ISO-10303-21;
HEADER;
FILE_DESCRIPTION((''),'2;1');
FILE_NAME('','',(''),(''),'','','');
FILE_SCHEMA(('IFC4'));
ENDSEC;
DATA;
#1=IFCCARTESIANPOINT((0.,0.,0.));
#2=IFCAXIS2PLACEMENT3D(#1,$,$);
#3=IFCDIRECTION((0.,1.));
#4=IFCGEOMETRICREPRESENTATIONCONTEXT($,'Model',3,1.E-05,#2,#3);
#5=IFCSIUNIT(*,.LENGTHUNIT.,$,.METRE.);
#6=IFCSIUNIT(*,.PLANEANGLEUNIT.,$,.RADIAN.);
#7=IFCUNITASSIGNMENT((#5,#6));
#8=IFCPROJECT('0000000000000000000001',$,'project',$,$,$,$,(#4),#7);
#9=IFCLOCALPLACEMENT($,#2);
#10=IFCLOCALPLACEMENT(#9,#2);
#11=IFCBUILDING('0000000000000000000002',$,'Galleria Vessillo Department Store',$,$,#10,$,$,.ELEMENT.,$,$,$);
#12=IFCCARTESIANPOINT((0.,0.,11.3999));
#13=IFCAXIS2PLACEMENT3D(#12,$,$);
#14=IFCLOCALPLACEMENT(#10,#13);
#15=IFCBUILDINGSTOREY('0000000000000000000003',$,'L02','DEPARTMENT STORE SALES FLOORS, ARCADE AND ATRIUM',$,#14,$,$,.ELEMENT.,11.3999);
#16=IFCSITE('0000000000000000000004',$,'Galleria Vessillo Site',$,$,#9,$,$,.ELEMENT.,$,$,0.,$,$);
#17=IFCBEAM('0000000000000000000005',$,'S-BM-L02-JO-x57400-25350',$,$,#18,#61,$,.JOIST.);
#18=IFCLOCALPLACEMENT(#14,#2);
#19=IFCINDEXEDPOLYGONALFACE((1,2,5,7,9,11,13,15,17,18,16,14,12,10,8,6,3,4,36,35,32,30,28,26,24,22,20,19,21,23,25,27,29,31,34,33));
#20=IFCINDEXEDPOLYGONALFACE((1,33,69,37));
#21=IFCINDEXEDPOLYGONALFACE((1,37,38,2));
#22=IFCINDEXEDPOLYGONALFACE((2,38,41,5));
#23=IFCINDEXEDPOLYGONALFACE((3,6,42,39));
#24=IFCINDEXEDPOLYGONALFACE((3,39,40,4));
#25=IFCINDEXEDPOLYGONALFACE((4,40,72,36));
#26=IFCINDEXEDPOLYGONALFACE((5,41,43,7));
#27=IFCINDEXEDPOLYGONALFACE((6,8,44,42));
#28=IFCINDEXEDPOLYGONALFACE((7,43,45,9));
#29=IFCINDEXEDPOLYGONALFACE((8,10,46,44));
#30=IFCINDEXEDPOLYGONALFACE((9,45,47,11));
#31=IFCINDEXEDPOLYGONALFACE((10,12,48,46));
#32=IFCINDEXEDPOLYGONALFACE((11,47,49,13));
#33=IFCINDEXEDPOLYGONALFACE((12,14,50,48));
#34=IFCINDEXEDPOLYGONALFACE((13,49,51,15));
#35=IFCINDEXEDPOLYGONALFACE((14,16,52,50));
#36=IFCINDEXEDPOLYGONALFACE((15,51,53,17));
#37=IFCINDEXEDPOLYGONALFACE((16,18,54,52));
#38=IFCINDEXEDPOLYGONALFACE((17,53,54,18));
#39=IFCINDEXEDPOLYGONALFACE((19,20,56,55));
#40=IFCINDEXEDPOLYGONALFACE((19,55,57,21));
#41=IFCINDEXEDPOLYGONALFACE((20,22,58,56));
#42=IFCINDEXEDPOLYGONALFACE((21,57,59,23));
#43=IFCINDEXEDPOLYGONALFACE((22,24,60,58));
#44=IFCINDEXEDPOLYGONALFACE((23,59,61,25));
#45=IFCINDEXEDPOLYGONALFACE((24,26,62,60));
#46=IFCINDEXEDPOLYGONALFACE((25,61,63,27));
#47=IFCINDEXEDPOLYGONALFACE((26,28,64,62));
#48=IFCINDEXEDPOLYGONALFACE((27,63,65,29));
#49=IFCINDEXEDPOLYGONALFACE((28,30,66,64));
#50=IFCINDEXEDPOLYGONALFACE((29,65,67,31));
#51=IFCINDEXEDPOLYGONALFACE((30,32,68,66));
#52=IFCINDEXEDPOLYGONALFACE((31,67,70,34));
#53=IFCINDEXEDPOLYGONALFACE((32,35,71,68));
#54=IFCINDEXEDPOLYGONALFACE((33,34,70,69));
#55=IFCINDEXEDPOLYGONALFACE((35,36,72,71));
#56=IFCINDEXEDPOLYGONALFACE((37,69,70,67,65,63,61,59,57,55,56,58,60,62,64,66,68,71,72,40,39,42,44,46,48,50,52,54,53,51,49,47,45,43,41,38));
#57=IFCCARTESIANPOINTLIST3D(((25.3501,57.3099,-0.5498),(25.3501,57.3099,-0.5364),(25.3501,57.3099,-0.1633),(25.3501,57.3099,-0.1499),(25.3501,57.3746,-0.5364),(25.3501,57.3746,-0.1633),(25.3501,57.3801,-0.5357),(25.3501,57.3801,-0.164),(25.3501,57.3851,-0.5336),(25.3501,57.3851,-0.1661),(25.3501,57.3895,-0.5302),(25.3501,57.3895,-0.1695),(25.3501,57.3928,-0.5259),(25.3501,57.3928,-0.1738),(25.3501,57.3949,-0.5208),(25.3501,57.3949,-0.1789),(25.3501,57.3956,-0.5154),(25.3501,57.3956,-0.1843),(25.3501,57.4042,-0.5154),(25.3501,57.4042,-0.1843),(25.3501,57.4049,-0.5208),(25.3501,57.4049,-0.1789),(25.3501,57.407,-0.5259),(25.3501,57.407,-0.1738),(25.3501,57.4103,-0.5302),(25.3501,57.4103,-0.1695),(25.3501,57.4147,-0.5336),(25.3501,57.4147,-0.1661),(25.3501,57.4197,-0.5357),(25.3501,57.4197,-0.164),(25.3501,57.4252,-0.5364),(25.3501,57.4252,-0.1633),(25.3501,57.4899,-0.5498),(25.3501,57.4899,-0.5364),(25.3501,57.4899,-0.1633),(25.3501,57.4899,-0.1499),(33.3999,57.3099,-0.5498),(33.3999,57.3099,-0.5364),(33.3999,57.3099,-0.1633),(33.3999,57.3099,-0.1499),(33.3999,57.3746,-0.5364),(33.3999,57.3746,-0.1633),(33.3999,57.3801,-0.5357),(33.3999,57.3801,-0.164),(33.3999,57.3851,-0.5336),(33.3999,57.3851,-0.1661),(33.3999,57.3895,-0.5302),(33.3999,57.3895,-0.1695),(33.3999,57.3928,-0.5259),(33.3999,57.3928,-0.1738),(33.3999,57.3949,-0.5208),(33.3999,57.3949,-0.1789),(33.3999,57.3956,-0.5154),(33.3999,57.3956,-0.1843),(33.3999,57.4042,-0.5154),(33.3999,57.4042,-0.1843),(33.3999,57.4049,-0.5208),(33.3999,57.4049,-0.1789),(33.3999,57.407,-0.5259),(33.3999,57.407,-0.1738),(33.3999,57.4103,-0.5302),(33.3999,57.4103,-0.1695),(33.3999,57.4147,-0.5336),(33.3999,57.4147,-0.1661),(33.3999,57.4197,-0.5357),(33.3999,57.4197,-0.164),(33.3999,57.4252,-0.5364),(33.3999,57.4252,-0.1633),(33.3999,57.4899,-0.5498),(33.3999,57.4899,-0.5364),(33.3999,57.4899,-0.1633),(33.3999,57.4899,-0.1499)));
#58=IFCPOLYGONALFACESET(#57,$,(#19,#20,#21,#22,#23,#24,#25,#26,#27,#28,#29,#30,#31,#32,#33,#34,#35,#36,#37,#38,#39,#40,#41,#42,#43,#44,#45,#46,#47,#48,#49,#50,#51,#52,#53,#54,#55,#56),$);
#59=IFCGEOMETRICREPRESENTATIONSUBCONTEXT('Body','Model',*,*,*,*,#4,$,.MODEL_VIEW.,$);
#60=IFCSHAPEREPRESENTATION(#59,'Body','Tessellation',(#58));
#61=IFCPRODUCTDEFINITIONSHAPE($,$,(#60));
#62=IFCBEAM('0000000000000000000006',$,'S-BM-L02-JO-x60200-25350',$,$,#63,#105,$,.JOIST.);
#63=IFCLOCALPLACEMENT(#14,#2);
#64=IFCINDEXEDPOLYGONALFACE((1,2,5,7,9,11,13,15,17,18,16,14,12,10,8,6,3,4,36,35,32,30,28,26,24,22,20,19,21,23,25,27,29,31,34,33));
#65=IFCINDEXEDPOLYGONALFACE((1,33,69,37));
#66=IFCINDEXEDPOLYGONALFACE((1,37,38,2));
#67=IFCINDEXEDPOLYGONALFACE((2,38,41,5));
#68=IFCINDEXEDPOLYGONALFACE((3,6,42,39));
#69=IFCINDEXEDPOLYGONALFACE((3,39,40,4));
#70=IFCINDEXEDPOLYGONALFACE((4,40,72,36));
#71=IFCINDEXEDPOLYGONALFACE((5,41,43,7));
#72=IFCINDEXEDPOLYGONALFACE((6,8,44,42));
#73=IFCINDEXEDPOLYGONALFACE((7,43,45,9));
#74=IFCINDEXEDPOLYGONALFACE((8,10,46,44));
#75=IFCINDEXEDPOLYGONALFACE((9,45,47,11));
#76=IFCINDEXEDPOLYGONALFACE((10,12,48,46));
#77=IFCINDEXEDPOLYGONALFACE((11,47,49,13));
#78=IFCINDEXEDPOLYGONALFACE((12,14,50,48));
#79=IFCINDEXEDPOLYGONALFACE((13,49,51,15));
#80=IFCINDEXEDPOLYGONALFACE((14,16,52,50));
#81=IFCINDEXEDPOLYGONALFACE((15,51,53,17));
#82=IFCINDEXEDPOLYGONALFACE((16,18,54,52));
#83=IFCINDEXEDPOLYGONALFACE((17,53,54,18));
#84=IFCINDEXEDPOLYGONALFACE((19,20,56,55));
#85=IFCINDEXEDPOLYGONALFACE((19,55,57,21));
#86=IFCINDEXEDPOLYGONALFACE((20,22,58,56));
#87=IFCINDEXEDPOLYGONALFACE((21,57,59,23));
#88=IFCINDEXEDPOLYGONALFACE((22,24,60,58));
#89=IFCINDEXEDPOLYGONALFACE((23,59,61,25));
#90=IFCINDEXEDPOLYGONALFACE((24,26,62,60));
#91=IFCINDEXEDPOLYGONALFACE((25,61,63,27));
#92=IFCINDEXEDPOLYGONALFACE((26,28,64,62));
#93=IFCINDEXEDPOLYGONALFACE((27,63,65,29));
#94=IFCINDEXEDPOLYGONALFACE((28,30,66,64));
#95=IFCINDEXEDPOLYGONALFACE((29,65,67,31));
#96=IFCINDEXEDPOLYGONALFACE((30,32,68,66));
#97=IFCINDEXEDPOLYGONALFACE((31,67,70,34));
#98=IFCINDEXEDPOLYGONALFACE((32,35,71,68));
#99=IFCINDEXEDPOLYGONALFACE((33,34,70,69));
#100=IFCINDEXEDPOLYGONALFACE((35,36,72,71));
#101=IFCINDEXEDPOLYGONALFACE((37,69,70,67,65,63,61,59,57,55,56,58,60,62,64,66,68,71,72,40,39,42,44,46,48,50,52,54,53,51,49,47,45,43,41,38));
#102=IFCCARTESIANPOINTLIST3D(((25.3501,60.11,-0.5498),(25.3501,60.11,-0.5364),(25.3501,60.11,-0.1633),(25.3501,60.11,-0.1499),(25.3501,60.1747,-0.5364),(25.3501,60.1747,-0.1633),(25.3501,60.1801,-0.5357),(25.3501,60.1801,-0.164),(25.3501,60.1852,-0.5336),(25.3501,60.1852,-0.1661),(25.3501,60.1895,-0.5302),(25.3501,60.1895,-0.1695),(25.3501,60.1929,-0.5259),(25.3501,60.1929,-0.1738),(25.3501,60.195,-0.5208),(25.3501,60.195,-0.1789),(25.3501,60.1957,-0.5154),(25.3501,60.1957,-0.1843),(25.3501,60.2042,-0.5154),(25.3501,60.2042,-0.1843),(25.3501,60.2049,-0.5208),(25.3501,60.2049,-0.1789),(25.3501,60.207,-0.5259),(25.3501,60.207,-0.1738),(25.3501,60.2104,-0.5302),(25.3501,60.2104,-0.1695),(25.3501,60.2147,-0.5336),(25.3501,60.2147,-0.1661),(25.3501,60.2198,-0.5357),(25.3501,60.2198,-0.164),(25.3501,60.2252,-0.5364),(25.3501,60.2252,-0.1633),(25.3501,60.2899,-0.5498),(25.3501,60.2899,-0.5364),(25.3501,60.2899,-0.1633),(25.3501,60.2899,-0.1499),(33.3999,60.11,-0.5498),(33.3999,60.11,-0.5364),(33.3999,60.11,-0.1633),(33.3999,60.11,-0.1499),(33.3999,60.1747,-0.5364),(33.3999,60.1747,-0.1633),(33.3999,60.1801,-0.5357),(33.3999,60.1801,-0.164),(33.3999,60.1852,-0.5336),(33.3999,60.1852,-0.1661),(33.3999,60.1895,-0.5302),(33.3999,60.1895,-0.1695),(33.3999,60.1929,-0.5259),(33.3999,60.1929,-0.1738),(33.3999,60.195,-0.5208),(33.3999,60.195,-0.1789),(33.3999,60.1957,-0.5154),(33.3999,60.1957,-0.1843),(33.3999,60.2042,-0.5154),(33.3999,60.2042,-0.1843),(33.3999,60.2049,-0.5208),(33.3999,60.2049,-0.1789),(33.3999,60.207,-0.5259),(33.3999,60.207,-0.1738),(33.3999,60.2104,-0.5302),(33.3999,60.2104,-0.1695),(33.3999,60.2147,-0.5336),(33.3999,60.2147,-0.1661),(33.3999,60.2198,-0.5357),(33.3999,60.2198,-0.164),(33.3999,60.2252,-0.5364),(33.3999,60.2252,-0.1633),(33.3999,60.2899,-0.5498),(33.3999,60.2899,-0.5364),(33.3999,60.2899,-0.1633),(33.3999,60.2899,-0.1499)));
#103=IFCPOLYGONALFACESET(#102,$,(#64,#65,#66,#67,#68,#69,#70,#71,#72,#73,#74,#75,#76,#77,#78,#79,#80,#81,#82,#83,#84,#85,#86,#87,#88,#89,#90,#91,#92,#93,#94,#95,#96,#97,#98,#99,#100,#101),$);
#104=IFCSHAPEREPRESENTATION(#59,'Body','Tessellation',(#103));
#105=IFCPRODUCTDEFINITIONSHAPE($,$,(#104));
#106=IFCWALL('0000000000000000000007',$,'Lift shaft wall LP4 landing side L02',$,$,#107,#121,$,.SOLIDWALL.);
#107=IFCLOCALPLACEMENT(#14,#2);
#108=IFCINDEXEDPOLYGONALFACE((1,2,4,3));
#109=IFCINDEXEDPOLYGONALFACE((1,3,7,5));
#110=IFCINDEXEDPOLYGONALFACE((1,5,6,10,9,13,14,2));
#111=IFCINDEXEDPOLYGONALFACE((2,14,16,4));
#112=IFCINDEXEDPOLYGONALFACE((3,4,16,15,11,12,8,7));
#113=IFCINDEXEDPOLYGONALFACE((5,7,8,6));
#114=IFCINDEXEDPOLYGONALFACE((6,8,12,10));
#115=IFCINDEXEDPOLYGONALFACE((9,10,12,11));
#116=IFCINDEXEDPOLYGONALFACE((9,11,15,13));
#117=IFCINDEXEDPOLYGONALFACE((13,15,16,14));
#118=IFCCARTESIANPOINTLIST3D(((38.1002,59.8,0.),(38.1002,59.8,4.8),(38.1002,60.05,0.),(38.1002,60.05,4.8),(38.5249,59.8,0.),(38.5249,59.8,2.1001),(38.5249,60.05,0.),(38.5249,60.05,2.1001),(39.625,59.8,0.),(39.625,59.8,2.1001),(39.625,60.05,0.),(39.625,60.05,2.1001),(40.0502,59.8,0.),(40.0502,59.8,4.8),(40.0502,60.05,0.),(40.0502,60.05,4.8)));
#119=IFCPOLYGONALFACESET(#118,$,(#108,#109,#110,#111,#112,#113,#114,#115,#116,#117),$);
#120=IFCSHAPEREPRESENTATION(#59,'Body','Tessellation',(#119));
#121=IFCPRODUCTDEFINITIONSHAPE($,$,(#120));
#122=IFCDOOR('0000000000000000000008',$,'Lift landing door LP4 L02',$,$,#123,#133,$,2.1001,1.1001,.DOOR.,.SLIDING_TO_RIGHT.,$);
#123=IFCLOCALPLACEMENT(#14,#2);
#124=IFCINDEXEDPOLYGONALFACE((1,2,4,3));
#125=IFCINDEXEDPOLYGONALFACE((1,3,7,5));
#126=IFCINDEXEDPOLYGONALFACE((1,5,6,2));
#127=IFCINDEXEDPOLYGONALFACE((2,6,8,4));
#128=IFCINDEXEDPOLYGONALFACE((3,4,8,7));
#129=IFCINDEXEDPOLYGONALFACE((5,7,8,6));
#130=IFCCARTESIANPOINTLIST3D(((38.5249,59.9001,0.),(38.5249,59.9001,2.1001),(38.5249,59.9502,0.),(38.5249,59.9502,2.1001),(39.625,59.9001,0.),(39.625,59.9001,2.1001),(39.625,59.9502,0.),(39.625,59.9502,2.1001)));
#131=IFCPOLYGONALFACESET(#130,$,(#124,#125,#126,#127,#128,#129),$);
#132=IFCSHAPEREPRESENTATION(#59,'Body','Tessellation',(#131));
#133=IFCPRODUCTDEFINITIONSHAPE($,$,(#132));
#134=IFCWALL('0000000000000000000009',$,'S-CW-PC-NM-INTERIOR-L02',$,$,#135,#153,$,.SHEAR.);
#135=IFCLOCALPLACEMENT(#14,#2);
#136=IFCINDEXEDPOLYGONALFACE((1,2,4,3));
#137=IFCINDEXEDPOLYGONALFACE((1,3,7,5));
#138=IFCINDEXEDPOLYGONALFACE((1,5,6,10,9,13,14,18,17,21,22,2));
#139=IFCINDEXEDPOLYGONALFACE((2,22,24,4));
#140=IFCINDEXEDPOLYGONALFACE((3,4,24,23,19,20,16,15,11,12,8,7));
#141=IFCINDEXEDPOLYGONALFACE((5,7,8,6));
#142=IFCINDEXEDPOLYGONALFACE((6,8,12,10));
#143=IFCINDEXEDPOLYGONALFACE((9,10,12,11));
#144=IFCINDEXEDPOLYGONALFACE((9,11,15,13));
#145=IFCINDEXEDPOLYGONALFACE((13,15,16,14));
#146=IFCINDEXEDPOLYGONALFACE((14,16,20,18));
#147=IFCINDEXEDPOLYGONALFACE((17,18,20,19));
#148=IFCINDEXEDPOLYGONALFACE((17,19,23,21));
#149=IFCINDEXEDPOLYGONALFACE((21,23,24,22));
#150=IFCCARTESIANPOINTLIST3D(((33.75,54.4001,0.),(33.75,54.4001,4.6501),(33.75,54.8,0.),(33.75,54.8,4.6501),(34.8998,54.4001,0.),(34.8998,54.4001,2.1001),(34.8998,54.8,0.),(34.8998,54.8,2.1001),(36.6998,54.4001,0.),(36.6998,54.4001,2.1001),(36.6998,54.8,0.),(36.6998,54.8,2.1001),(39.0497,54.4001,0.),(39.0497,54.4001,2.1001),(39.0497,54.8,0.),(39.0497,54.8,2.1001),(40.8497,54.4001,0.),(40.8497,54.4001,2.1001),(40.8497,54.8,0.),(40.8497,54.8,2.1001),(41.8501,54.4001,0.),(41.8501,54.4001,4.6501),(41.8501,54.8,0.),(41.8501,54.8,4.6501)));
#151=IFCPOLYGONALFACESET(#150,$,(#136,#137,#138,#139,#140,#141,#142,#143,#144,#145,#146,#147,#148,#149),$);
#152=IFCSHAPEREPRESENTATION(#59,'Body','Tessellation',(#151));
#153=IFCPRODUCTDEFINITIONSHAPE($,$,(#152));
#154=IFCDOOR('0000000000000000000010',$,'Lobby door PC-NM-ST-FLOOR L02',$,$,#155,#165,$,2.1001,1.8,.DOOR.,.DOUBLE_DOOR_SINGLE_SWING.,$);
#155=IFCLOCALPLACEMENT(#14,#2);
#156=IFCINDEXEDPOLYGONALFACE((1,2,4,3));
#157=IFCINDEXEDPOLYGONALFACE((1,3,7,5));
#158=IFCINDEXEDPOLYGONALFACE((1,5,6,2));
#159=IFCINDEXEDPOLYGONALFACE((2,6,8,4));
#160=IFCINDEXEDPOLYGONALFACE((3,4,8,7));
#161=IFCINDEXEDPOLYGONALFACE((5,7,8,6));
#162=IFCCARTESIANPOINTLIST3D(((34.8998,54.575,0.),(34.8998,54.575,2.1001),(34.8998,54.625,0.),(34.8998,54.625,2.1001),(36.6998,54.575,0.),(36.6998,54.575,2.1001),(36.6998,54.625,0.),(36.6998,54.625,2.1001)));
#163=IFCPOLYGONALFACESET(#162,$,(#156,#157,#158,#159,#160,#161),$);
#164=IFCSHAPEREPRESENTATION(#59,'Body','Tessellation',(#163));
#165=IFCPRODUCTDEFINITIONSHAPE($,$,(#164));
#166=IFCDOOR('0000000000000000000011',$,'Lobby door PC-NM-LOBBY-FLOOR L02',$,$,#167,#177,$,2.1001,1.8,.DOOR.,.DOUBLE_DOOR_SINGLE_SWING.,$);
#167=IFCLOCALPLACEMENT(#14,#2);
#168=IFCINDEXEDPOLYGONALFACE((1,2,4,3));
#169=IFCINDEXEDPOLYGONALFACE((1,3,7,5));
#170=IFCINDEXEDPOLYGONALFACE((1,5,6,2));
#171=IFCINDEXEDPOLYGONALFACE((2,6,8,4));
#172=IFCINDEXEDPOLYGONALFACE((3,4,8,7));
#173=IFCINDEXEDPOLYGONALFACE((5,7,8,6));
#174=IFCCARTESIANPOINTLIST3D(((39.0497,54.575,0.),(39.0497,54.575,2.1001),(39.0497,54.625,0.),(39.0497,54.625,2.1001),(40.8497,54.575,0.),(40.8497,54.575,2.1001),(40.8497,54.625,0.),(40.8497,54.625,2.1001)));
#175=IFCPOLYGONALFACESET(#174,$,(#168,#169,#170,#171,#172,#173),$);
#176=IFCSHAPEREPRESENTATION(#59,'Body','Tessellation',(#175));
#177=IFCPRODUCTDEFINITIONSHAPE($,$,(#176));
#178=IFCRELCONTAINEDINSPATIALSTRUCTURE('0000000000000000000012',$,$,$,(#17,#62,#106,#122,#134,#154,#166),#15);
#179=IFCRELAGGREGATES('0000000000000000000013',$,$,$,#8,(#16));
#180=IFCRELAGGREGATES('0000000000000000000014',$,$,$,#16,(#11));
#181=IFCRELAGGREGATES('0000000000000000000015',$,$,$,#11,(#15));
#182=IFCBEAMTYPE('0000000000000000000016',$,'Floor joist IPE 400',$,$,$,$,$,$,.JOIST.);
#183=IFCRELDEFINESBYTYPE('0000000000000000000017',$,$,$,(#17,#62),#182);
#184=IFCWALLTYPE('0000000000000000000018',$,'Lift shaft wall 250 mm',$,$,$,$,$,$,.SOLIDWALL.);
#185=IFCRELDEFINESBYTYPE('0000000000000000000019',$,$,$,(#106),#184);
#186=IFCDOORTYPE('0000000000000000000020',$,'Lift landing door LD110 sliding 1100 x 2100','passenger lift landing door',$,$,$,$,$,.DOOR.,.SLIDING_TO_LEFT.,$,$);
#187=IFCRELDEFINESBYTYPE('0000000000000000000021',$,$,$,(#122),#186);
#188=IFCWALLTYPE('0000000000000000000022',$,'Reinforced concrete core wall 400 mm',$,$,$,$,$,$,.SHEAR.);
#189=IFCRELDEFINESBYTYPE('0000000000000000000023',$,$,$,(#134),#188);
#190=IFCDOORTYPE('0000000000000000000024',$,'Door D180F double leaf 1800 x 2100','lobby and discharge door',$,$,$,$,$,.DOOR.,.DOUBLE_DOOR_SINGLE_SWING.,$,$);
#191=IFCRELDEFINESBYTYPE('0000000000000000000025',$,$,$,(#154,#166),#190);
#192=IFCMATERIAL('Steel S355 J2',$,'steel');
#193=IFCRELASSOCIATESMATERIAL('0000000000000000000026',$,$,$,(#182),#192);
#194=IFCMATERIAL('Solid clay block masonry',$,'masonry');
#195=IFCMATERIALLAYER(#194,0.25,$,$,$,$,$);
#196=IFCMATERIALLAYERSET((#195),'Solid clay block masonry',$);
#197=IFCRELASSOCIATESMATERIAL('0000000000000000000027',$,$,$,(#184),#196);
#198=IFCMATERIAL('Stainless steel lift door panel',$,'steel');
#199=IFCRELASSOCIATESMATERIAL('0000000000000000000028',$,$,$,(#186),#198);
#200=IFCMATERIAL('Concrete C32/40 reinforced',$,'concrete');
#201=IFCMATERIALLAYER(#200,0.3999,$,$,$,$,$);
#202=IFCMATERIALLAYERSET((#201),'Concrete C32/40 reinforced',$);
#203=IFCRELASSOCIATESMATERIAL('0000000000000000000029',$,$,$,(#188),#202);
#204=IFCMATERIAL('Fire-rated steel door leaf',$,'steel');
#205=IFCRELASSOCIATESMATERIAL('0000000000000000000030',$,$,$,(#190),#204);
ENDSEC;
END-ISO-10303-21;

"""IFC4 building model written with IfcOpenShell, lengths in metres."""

from ifc_helpers import new_model, si_unit, direction, frame, frame_2d, origin, origin_2d, place, context, subcontext, project, spatial, rectangle, i_section, extrude, material, layer, layer_set, material_profile, profile_set, type_object, element, fill, save


model = new_model("IFC4")

# Units and contexts
model_context = context("Model", 3, precision=1e-05, world=origin(), true_north=direction((0.0, 1.0)))
body_context = subcontext(model_context, "Body", "Model", "MODEL_VIEW")
ifc_project = project(units=[si_unit("LENGTHUNIT", "METRE"), si_unit("PLANEANGLEUNIT", "RADIAN")], contexts=[model_context])

# Site, building, storey
site_placement = place(None, origin())
site = spatial("IfcSite", under=ifc_project, at=site_placement, Name="Galleria Vessillo Site", CompositionType="ELEMENT", RefElevation=0.0)
building_placement = place(site_placement, origin())
building = spatial("IfcBuilding", under=site, at=building_placement, Name="Galleria Vessillo Department Store", CompositionType="ELEMENT")
storey_placement = place(building_placement, frame((0.0, 0.0, 11.3999)))
storey = spatial("IfcBuildingStorey", under=building, at=storey_placement, Name="L02", Description="DEPARTMENT STORE SALES FLOORS, ARCADE AND ATRIUM", CompositionType="ELEMENT", Elevation=11.3999)

# Beams
ifc_material_1 = material(Name="Steel S355 J2", Category="steel")
ifc_material_profile_1 = material_profile(ifc_material_1, i_section(OverallWidth=0.1799, OverallDepth=0.3999, WebThickness=0.0085, FlangeThickness=0.0134, FilletRadius=0.021, at=origin_2d()), Name="IPE 400")
ifc_profile_set_1 = profile_set([ifc_material_profile_1], Name="Steel S355 J2")
beam_type_1 = type_object("IfcBeamType", Name="Floor joist IPE 400", PredefinedType="JOIST", material=ifc_profile_set_1)
for number, where, z_axis, x_axis, name in (
    (1, (25.3501, 57.3999, -0.3499), (1.0, 0.0, 0.0), (0.0, 1.0, 0.0), "S-BM-L02-JO-x57400-25350"),
    (2, (25.3501, 60.2, -0.3499), (1.0, 0.0, 0.0), (0.0, 1.0, 0.0), "S-BM-L02-JO-x60200-25350"),
):
    element("IfcBeam", number, at=place(storey_placement, frame(where, z_axis=z_axis, x_axis=x_axis)), inside=storey, type_object=beam_type_1, Name=name, PredefinedType="JOIST", context=body_context, shape_type="SweptSolid", body=[
        extrude(i_section(OverallWidth=0.1799, OverallDepth=0.3999, WebThickness=0.0085, FlangeThickness=0.0134, FilletRadius=0.021, at=origin_2d()), origin(), (0.0, 0.0, 1.0), 8.0498),
    ])

# Wall, opening, door
ifc_material_2 = material(Name="Solid clay block masonry", Category="masonry")
ifc_layer_1 = layer(ifc_material_2, 0.25)
ifc_layer_set_1 = layer_set([ifc_layer_1], Name="Solid clay block masonry")
wall_type_1 = type_object("IfcWallType", Name="Lift shaft wall 250 mm", PredefinedType="SOLIDWALL", material=ifc_layer_set_1)
wall_1_placement = place(storey_placement, frame((38.1001, 59.925, 0.0), z_axis=(0.0, 0.0, 1.0), x_axis=(1.0, 0.0, 0.0)))
wall_1 = element("IfcWall", 3, at=wall_1_placement, inside=storey, type_object=wall_type_1, Name="Lift shaft wall LP4 landing side L02", PredefinedType="SOLIDWALL", context=body_context, shape_type="SweptSolid", body=[
    extrude(rectangle(XDim=1.95, YDim=0.25, at=frame_2d((0.9751, 0.0))), origin(), (0.0, 0.0, 1.0), 4.8),
])
opening_1_placement = place(wall_1_placement, frame((0.4248, 0.0, 0.0)))
opening_1 = element("IfcOpeningElement", 4, at=opening_1_placement, cuts=wall_1, PredefinedType="OPENING", context=body_context, shape_type="SweptSolid", body=[
    extrude(rectangle(XDim=1.1001, YDim=2.1001, at=frame_2d((0.55, 1.05))), frame((0.0, 0.135, 0.0), z_axis=(0.0, -1.0, 0.0), x_axis=(1.0, 0.0, 0.0)), (0.0, 0.0, 1.0), 0.27),
])
ifc_material_3 = material(Name="Stainless steel lift door panel", Category="steel")
door_type_1 = type_object("IfcDoorType", Name="Lift landing door LD110 sliding 1100 x 2100", Description="passenger lift landing door", OperationType="SLIDING_TO_LEFT", PredefinedType="DOOR", material=ifc_material_3)
door_1_placement = place(opening_1_placement, frame((1.1001, 0.0, 0.0), z_axis=(0.0, 0.0, 1.0), x_axis=(-1.0, 0.0, 0.0)))
door_1 = element("IfcDoor", 5, at=door_1_placement, inside=storey, type_object=door_type_1, Name="Lift landing door LP4 L02", OperationType="SLIDING_TO_RIGHT", OverallHeight=2.1001, OverallWidth=1.1001, PredefinedType="DOOR", context=body_context, shape_type="SweptSolid", body=[
    extrude(rectangle(XDim=1.1001, YDim=2.1001, at=frame_2d((0.55, 1.05))), frame((0.0, 0.0249, 0.0), z_axis=(0.0, -1.0, 0.0), x_axis=(1.0, 0.0, 0.0)), (0.0, 0.0, 1.0), 0.05),
])
fill(opening_1, door_1)

# Wall, openings, doors
ifc_material_4 = material(Name="Concrete C32/40 reinforced", Category="concrete")
ifc_layer_2 = layer(ifc_material_4, 0.3999)
ifc_layer_set_2 = layer_set([ifc_layer_2], Name="Concrete C32/40 reinforced")
wall_type_2 = type_object("IfcWallType", Name="Reinforced concrete core wall 400 mm", PredefinedType="SHEAR", material=ifc_layer_set_2)
wall_2_placement = place(storey_placement, frame((33.75, 54.6001, 0.0), z_axis=(0.0, 0.0, 1.0), x_axis=(1.0, 0.0, 0.0)))
wall_2 = element("IfcWall", 6, at=wall_2_placement, inside=storey, type_object=wall_type_2, Name="S-CW-PC-NM-INTERIOR-L02", PredefinedType="SHEAR", context=body_context, shape_type="SweptSolid", body=[
    extrude(rectangle(XDim=8.1001, YDim=0.3999, at=frame_2d((4.05, 0.0))), origin(), (0.0, 0.0, 1.0), 4.6501),
])
opening_2_placement = place(wall_2_placement, frame((1.1499, 0.0, 0.0)))
opening_2 = element("IfcOpeningElement", 7, at=opening_2_placement, cuts=wall_2, PredefinedType="OPENING", context=body_context, shape_type="SweptSolid", body=[
    extrude(rectangle(XDim=1.8, YDim=2.1001, at=frame_2d((0.8999, 1.05))), frame((0.0, 0.21, 0.0), z_axis=(0.0, -1.0, 0.0), x_axis=(1.0, 0.0, 0.0)), (0.0, 0.0, 1.0), 0.4199),
])
opening_3_placement = place(wall_2_placement, frame((5.2998, 0.0, 0.0)))
opening_3 = element("IfcOpeningElement", 8, at=opening_3_placement, cuts=wall_2, PredefinedType="OPENING", context=body_context, shape_type="SweptSolid", body=[
    extrude(rectangle(XDim=1.8, YDim=2.1001, at=frame_2d((0.8999, 1.05))), frame((0.0, 0.21, 0.0), z_axis=(0.0, -1.0, 0.0), x_axis=(1.0, 0.0, 0.0)), (0.0, 0.0, 1.0), 0.4199),
])
ifc_material_5 = material(Name="Fire-rated steel door leaf", Category="steel")
door_type_2 = type_object("IfcDoorType", Name="Door D180F double leaf 1800 x 2100", Description="lobby and discharge door", OperationType="DOUBLE_DOOR_SINGLE_SWING", PredefinedType="DOOR", material=ifc_material_5)
door_2_placement = place(opening_2_placement, origin())
door_2 = element("IfcDoor", 9, at=door_2_placement, inside=storey, type_object=door_type_2, Name="Lobby door PC-NM-ST-FLOOR L02", OperationType="DOUBLE_DOOR_SINGLE_SWING", OverallHeight=2.1001, OverallWidth=1.8, PredefinedType="DOOR", context=body_context, shape_type="SweptSolid", body=[
    extrude(rectangle(XDim=1.8, YDim=2.1001, at=frame_2d((0.8999, 1.05))), frame((0.0, 0.0249, 0.0), z_axis=(0.0, -1.0, 0.0), x_axis=(1.0, 0.0, 0.0)), (0.0, 0.0, 1.0), 0.05),
])
fill(opening_2, door_2)
door_3_placement = place(opening_3_placement, origin())
door_3 = element("IfcDoor", 10, at=door_3_placement, inside=storey, type_object=door_type_2, Name="Lobby door PC-NM-LOBBY-FLOOR L02", OperationType="DOUBLE_DOOR_SINGLE_SWING", OverallHeight=2.1001, OverallWidth=1.8, PredefinedType="DOOR", context=body_context, shape_type="SweptSolid", body=[
    extrude(rectangle(XDim=1.8, YDim=2.1001, at=frame_2d((0.8999, 1.05))), frame((0.0, 0.0249, 0.0), z_axis=(0.0, -1.0, 0.0), x_axis=(1.0, 0.0, 0.0)), (0.0, 0.0, 1.0), 0.05),
])
fill(opening_3, door_3)

save(model, "model.ifc")
